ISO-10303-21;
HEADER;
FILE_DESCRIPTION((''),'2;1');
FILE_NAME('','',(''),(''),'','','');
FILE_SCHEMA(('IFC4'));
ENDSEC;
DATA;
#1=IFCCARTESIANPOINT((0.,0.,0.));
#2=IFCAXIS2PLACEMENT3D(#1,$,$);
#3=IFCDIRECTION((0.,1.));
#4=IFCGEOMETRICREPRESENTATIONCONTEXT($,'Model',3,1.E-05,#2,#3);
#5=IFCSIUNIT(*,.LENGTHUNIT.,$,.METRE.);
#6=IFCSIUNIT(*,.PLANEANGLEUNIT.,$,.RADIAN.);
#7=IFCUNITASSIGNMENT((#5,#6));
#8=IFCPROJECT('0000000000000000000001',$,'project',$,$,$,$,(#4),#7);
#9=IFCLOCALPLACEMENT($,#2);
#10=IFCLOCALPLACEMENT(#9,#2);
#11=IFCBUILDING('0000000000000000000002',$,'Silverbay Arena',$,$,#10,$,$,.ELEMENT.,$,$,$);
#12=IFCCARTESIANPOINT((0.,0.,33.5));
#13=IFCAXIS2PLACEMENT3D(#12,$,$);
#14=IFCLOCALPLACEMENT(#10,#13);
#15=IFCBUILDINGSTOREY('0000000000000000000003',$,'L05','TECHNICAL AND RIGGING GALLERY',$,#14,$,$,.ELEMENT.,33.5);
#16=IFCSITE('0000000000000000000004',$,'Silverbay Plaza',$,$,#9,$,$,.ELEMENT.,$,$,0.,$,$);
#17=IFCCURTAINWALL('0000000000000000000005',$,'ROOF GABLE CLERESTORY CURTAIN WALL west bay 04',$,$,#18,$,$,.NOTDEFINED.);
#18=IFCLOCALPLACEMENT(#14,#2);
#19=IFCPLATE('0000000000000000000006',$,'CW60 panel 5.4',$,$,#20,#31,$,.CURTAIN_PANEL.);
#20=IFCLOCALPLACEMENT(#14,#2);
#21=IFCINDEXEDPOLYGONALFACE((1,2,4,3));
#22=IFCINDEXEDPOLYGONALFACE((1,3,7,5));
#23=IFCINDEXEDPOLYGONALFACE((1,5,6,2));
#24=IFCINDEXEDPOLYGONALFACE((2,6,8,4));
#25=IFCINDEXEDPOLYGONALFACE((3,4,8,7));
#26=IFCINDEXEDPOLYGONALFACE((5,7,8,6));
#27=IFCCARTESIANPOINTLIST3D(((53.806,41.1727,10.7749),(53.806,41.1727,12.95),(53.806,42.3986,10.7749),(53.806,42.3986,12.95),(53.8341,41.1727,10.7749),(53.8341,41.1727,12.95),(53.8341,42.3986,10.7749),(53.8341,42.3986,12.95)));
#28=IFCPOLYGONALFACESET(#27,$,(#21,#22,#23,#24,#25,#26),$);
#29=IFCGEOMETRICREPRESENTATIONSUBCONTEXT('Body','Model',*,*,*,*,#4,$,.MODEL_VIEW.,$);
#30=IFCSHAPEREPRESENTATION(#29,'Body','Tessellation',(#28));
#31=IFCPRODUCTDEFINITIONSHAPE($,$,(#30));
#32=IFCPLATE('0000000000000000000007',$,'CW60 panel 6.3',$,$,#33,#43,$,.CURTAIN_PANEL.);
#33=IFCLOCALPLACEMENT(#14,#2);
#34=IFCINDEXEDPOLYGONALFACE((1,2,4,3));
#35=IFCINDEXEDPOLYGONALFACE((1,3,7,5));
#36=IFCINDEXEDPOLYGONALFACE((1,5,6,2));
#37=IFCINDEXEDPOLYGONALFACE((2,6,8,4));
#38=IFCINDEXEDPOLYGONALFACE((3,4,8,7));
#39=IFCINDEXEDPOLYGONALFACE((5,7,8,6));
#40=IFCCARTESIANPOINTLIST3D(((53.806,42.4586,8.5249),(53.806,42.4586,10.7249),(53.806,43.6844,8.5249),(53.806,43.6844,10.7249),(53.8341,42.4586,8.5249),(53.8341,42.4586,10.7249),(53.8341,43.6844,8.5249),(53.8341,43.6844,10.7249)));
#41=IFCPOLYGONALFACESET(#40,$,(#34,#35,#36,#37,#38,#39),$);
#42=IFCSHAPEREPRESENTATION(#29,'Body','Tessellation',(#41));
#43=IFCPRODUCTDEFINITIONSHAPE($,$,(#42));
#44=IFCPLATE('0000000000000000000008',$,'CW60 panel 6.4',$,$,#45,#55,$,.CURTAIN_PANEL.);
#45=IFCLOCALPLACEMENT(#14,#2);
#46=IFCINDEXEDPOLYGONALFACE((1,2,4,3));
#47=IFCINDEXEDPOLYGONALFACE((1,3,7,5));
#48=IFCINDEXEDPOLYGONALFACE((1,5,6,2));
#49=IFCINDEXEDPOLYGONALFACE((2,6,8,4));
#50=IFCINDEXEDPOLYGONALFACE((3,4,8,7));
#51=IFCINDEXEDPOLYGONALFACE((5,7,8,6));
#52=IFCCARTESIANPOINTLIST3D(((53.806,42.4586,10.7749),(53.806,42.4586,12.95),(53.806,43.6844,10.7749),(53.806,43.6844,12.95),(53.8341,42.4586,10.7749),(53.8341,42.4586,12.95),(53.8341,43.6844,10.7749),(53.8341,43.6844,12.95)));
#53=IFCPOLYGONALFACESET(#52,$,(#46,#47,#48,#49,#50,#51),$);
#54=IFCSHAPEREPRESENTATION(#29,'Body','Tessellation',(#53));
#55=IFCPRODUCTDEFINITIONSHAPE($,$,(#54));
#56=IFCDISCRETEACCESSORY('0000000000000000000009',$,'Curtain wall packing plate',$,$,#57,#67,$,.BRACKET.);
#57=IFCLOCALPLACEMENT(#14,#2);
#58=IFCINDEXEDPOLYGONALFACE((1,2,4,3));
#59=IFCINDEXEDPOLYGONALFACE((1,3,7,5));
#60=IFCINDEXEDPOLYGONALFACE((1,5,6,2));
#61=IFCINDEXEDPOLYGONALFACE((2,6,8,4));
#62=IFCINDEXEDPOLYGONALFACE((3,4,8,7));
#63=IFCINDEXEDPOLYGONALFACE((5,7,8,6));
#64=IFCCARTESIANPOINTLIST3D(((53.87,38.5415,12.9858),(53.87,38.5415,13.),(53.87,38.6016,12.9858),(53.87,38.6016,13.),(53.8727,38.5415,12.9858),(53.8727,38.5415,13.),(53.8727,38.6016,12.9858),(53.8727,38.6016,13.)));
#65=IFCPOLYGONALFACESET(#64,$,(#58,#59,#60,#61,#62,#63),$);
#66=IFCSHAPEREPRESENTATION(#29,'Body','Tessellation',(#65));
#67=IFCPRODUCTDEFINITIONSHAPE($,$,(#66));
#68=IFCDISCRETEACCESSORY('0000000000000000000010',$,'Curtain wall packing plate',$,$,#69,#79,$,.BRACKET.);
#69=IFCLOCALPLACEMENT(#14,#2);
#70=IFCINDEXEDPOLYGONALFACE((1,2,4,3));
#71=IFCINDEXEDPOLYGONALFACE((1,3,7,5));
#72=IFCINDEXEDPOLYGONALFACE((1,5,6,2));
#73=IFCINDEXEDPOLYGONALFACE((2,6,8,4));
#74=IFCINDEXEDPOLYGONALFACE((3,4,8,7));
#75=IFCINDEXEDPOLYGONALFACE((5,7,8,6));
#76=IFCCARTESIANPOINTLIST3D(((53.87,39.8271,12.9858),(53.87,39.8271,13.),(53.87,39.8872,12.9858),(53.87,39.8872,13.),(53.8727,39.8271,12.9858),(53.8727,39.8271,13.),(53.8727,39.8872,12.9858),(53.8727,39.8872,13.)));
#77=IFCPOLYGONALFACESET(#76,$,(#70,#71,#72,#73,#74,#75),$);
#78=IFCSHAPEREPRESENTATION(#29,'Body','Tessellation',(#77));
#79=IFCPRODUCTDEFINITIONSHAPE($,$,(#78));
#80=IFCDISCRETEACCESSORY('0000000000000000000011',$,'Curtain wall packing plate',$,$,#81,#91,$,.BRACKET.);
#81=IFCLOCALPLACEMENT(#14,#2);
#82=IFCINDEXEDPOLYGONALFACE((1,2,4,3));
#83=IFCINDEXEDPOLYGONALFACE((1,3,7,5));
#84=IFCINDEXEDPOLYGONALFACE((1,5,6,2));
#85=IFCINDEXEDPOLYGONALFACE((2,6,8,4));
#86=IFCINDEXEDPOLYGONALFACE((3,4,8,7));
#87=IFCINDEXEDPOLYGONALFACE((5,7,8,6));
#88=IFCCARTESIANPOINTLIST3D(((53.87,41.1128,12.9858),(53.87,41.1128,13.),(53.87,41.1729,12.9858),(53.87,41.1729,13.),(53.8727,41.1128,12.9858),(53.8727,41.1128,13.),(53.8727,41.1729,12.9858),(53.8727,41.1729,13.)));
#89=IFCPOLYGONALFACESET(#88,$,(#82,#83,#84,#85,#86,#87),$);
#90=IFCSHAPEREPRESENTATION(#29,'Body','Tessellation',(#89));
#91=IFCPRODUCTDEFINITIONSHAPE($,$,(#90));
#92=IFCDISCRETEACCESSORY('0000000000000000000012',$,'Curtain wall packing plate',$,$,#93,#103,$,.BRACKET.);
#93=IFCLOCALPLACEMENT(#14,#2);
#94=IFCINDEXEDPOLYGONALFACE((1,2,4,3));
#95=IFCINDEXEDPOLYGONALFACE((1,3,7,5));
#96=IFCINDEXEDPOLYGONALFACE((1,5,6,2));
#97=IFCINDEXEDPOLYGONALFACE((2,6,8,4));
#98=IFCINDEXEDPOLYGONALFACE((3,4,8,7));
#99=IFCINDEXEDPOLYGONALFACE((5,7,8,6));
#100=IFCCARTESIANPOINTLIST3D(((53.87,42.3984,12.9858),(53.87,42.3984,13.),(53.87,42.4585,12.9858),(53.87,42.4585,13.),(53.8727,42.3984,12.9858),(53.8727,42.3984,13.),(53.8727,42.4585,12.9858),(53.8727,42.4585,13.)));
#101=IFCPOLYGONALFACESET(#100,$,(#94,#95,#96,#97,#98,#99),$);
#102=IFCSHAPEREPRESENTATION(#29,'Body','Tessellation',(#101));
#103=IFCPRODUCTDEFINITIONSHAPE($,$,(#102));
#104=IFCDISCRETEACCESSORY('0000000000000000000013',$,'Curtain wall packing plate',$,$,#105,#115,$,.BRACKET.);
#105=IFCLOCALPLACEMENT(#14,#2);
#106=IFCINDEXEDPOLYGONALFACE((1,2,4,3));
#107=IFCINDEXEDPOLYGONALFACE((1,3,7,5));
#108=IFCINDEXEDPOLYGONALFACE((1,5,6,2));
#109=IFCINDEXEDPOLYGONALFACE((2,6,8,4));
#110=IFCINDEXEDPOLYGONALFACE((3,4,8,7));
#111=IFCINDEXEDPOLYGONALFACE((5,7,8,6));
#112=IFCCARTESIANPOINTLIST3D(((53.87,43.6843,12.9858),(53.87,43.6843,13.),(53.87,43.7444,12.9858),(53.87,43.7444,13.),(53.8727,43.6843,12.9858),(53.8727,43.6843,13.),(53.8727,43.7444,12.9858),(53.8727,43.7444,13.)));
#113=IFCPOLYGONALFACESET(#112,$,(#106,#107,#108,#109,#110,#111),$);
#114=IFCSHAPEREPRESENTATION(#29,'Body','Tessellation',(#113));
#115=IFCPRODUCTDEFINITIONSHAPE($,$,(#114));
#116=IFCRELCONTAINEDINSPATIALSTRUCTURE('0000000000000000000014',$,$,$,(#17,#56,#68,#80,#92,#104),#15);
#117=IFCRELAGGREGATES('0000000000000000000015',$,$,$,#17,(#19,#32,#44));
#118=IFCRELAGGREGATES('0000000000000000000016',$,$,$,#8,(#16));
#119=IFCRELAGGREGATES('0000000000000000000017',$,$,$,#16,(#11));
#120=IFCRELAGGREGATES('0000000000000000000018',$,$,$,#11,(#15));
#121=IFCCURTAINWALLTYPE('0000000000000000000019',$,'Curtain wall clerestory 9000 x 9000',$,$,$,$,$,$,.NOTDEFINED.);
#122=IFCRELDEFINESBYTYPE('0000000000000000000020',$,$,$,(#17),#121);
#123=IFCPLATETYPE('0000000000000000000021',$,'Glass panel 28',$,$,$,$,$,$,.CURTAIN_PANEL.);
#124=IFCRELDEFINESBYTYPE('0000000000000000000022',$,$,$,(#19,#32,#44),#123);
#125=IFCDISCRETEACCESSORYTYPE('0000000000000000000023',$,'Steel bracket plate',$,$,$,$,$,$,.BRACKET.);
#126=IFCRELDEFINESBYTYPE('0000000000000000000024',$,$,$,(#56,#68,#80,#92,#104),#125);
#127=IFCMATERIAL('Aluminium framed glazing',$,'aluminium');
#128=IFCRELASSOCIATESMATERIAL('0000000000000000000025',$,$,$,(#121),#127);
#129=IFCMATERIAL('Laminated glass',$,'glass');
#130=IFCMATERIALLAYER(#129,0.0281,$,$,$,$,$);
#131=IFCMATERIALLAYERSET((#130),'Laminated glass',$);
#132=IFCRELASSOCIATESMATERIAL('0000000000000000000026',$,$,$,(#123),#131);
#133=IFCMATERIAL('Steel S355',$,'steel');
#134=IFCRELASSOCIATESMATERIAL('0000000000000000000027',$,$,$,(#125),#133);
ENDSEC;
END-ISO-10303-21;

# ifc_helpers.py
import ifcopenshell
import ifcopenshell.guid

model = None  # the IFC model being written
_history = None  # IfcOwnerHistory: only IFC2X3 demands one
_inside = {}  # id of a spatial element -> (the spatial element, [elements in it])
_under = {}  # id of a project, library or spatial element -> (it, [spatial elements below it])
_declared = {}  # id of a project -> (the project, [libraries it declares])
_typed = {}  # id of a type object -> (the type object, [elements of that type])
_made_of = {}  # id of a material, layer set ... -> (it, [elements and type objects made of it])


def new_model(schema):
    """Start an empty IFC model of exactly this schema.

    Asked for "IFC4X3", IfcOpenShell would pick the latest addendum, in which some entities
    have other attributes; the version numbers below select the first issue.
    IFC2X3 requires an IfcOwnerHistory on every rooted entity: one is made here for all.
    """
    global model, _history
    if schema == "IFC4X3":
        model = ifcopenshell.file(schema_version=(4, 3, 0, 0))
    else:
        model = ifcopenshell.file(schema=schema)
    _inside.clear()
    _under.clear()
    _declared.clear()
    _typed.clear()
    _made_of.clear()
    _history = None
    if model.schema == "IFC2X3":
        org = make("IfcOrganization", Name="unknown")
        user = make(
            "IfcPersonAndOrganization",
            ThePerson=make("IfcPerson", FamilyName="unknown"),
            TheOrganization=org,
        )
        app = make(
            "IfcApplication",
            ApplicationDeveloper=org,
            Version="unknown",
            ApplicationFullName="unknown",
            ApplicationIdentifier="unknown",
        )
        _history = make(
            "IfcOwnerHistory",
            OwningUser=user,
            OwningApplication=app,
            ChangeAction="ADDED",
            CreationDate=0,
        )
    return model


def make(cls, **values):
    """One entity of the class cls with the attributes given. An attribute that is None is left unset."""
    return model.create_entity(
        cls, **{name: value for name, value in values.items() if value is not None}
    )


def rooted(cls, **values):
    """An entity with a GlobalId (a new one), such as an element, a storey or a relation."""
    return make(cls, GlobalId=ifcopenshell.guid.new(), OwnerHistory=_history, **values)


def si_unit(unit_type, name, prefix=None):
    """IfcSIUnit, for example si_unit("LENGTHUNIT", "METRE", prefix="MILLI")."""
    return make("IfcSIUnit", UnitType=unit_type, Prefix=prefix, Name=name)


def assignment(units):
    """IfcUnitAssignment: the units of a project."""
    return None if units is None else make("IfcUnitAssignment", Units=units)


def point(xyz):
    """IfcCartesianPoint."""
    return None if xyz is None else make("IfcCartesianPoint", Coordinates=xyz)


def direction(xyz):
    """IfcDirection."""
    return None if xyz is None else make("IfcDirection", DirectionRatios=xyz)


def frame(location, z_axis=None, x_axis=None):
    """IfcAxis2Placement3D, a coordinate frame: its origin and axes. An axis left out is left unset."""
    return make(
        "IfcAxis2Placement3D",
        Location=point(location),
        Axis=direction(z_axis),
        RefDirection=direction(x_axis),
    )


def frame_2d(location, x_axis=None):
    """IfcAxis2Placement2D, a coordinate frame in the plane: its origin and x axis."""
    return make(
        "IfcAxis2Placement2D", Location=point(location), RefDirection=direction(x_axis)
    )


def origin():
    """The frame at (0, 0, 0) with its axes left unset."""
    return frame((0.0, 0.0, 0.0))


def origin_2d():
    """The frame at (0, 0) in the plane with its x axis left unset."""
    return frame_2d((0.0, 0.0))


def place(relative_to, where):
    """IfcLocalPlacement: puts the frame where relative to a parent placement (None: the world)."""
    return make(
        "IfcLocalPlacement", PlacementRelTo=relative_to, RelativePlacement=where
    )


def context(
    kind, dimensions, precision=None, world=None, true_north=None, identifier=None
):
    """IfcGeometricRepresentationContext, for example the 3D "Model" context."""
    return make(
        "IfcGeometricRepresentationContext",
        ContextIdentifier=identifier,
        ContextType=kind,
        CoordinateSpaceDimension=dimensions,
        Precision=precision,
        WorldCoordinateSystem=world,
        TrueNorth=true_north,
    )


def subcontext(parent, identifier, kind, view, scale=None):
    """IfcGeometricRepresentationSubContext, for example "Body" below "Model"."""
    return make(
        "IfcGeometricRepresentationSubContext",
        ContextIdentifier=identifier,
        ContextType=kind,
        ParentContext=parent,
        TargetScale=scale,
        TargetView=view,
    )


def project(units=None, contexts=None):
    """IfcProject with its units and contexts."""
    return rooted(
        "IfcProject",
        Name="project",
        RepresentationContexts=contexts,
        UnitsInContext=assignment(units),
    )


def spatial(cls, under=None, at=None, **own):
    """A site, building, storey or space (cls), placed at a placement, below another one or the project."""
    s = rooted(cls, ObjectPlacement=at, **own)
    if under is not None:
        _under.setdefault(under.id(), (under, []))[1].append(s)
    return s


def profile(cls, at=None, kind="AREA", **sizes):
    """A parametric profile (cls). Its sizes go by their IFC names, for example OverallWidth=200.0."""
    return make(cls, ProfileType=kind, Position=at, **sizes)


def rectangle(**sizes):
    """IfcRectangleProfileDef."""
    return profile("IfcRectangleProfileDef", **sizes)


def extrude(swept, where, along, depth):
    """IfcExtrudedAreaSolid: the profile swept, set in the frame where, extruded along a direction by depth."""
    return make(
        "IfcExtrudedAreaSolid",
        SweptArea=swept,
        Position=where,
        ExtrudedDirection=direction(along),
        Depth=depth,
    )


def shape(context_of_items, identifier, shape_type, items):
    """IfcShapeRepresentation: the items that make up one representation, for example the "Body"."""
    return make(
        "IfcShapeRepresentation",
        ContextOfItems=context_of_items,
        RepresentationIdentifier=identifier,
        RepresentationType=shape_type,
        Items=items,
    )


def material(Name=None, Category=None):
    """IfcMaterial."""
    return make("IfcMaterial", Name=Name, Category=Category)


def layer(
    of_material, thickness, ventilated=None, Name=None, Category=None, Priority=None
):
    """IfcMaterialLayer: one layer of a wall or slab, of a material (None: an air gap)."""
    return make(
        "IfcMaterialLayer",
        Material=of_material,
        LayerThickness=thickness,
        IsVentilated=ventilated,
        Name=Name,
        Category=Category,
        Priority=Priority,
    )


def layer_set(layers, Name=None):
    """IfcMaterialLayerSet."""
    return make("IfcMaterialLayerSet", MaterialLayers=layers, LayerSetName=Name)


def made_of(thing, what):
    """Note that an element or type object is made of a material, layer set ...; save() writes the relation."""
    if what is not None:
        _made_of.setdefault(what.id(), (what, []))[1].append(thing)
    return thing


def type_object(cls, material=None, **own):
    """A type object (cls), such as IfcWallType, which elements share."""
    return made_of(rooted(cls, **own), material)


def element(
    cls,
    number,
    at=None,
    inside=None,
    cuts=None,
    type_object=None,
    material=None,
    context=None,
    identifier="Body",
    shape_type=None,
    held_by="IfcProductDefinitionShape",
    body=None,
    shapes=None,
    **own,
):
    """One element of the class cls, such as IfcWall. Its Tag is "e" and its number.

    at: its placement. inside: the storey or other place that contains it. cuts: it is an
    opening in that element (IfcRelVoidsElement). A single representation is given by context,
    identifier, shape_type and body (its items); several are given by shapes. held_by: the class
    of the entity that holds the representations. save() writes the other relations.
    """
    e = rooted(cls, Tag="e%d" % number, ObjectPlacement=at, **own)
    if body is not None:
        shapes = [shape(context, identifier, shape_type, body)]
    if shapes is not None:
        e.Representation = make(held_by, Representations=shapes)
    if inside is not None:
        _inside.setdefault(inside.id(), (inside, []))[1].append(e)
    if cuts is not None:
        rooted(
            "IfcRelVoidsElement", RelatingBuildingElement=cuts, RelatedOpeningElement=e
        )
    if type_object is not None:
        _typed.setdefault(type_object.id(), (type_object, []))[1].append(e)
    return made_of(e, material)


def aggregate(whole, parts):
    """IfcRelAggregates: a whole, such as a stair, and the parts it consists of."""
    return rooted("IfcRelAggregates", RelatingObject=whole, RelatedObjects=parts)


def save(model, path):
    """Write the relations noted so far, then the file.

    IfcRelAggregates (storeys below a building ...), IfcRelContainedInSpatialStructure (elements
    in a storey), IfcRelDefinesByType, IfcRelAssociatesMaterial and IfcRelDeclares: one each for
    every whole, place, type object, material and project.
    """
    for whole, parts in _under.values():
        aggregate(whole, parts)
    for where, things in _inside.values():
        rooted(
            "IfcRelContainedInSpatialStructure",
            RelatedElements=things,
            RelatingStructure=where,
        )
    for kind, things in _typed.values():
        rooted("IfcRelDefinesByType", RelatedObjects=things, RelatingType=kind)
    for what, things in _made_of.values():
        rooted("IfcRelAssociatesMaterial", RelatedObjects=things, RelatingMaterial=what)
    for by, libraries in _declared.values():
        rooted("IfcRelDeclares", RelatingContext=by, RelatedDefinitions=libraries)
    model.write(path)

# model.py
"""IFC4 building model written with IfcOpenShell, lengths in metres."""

from ifc_helpers import new_model, si_unit, direction, frame, origin, origin_2d, place, context, subcontext, project, spatial, rectangle, extrude, material, layer, layer_set, type_object, element, aggregate, save


model = new_model("IFC4")

# Units and contexts
model_context = context("Model", 3, precision=1e-05, world=origin(), true_north=direction((0.0, 1.0)))
body_context = subcontext(model_context, "Body", "Model", "MODEL_VIEW")
ifc_project = project(units=[si_unit("LENGTHUNIT", "METRE"), si_unit("PLANEANGLEUNIT", "RADIAN")], contexts=[model_context])

# Site, building, storey
site_placement = place(None, origin())
site = spatial("IfcSite", under=ifc_project, at=site_placement, Name="Silverbay Plaza", CompositionType="ELEMENT", RefElevation=0.0)
building_placement = place(site_placement, origin())
building = spatial("IfcBuilding", under=site, at=building_placement, Name="Silverbay Arena", CompositionType="ELEMENT")
storey_placement = place(building_placement, frame((0.0, 0.0, 33.5)))
storey = spatial("IfcBuildingStorey", under=building, at=storey_placement, Name="L05", Description="TECHNICAL AND RIGGING GALLERY", CompositionType="ELEMENT", Elevation=33.5)

# Curtain wall, plates
ifc_material_1 = material(Name="Aluminium framed glazing", Category="aluminium")
curtain_wall_type = type_object("IfcCurtainWallType", Name="Curtain wall clerestory 9000 x 9000", PredefinedType="NOTDEFINED", material=ifc_material_1)
curtain_wall_placement = place(storey_placement, origin())
curtain_wall = element("IfcCurtainWall", 1, at=curtain_wall_placement, inside=storey, type_object=curtain_wall_type, Name="ROOF GABLE CLERESTORY CURTAIN WALL west bay 04", PredefinedType="NOTDEFINED")
ifc_material_2 = material(Name="Laminated glass", Category="glass")
ifc_layer = layer(ifc_material_2, 0.0281)
ifc_layer_set = layer_set([ifc_layer], Name="Laminated glass")
plate_type = type_object("IfcPlateType", Name="Glass panel 28", PredefinedType="CURTAIN_PANEL", material=ifc_layer_set)
plate_1_placement = place(storey_placement, frame((53.8201, 41.7856, 10.7749), z_axis=(0.0, 0.0, 1.0), x_axis=(0.0, 1.0, 0.0)))
plate_1 = element("IfcPlate", 2, at=plate_1_placement, type_object=plate_type, Name="CW60 panel 5.4", PredefinedType="CURTAIN_PANEL", context=body_context, shape_type="SweptSolid", body=[
    extrude(rectangle(XDim=1.2258, YDim=0.0281, at=origin_2d()), origin(), (0.0, 0.0, 1.0), 2.175),
])
plate_2_placement = place(storey_placement, frame((53.8201, 43.0715, 8.5249), z_axis=(0.0, 0.0, 1.0), x_axis=(0.0, 1.0, 0.0)))
plate_2 = element("IfcPlate", 3, at=plate_2_placement, type_object=plate_type, Name="CW60 panel 6.3", PredefinedType="CURTAIN_PANEL", context=body_context, shape_type="SweptSolid", body=[
    extrude(rectangle(XDim=1.2258, YDim=0.0281, at=origin_2d()), origin(), (0.0, 0.0, 1.0), 2.2),
])
plate_3_placement = place(storey_placement, frame((53.8201, 43.0715, 10.7749), z_axis=(0.0, 0.0, 1.0), x_axis=(0.0, 1.0, 0.0)))
plate_3 = element("IfcPlate", 4, at=plate_3_placement, type_object=plate_type, Name="CW60 panel 6.4", PredefinedType="CURTAIN_PANEL", context=body_context, shape_type="SweptSolid", body=[
    extrude(rectangle(XDim=1.2258, YDim=0.0281, at=origin_2d()), origin(), (0.0, 0.0, 1.0), 2.175),
])
aggregate(curtain_wall, [plate_1, plate_2, plate_3])

# Discrete accessories
ifc_material_3 = material(Name="Steel S355", Category="steel")
discrete_accessory_type = type_object("IfcDiscreteAccessoryType", Name="Steel bracket plate", PredefinedType="BRACKET", material=ifc_material_3)
for number, where, z_axis, x_axis, name in (
    (5, (53.8713, 38.5715, 12.9858), (0.0, 0.0, 1.0), (1.0, 0.0, 0.0), "Curtain wall packing plate"),
    (6, (53.8713, 39.8572, 12.9858), (0.0, 0.0, 1.0), (1.0, 0.0, 0.0), "Curtain wall packing plate"),
    (7, (53.8713, 41.1428, 12.9858), (0.0, 0.0, 1.0), (1.0, 0.0, 0.0), "Curtain wall packing plate"),
    (8, (53.8713, 42.4285, 12.9858), (0.0, 0.0, 1.0), (1.0, 0.0, 0.0), "Curtain wall packing plate"),
    (9, (53.8713, 43.7144, 12.9858), (0.0, 0.0, 1.0), (1.0, 0.0, 0.0), "Curtain wall packing plate"),
):
    element("IfcDiscreteAccessory", number, at=place(storey_placement, frame(where, z_axis=z_axis, x_axis=x_axis)), inside=storey, type_object=discrete_accessory_type, Name=name, PredefinedType="BRACKET", context=body_context, shape_type="SweptSolid", body=[
        extrude(rectangle(XDim=0.0027, YDim=0.0601, at=origin_2d()), origin(), (0.0, 0.0, 1.0), 0.0142),
    ])

save(model, "model.ifc")
